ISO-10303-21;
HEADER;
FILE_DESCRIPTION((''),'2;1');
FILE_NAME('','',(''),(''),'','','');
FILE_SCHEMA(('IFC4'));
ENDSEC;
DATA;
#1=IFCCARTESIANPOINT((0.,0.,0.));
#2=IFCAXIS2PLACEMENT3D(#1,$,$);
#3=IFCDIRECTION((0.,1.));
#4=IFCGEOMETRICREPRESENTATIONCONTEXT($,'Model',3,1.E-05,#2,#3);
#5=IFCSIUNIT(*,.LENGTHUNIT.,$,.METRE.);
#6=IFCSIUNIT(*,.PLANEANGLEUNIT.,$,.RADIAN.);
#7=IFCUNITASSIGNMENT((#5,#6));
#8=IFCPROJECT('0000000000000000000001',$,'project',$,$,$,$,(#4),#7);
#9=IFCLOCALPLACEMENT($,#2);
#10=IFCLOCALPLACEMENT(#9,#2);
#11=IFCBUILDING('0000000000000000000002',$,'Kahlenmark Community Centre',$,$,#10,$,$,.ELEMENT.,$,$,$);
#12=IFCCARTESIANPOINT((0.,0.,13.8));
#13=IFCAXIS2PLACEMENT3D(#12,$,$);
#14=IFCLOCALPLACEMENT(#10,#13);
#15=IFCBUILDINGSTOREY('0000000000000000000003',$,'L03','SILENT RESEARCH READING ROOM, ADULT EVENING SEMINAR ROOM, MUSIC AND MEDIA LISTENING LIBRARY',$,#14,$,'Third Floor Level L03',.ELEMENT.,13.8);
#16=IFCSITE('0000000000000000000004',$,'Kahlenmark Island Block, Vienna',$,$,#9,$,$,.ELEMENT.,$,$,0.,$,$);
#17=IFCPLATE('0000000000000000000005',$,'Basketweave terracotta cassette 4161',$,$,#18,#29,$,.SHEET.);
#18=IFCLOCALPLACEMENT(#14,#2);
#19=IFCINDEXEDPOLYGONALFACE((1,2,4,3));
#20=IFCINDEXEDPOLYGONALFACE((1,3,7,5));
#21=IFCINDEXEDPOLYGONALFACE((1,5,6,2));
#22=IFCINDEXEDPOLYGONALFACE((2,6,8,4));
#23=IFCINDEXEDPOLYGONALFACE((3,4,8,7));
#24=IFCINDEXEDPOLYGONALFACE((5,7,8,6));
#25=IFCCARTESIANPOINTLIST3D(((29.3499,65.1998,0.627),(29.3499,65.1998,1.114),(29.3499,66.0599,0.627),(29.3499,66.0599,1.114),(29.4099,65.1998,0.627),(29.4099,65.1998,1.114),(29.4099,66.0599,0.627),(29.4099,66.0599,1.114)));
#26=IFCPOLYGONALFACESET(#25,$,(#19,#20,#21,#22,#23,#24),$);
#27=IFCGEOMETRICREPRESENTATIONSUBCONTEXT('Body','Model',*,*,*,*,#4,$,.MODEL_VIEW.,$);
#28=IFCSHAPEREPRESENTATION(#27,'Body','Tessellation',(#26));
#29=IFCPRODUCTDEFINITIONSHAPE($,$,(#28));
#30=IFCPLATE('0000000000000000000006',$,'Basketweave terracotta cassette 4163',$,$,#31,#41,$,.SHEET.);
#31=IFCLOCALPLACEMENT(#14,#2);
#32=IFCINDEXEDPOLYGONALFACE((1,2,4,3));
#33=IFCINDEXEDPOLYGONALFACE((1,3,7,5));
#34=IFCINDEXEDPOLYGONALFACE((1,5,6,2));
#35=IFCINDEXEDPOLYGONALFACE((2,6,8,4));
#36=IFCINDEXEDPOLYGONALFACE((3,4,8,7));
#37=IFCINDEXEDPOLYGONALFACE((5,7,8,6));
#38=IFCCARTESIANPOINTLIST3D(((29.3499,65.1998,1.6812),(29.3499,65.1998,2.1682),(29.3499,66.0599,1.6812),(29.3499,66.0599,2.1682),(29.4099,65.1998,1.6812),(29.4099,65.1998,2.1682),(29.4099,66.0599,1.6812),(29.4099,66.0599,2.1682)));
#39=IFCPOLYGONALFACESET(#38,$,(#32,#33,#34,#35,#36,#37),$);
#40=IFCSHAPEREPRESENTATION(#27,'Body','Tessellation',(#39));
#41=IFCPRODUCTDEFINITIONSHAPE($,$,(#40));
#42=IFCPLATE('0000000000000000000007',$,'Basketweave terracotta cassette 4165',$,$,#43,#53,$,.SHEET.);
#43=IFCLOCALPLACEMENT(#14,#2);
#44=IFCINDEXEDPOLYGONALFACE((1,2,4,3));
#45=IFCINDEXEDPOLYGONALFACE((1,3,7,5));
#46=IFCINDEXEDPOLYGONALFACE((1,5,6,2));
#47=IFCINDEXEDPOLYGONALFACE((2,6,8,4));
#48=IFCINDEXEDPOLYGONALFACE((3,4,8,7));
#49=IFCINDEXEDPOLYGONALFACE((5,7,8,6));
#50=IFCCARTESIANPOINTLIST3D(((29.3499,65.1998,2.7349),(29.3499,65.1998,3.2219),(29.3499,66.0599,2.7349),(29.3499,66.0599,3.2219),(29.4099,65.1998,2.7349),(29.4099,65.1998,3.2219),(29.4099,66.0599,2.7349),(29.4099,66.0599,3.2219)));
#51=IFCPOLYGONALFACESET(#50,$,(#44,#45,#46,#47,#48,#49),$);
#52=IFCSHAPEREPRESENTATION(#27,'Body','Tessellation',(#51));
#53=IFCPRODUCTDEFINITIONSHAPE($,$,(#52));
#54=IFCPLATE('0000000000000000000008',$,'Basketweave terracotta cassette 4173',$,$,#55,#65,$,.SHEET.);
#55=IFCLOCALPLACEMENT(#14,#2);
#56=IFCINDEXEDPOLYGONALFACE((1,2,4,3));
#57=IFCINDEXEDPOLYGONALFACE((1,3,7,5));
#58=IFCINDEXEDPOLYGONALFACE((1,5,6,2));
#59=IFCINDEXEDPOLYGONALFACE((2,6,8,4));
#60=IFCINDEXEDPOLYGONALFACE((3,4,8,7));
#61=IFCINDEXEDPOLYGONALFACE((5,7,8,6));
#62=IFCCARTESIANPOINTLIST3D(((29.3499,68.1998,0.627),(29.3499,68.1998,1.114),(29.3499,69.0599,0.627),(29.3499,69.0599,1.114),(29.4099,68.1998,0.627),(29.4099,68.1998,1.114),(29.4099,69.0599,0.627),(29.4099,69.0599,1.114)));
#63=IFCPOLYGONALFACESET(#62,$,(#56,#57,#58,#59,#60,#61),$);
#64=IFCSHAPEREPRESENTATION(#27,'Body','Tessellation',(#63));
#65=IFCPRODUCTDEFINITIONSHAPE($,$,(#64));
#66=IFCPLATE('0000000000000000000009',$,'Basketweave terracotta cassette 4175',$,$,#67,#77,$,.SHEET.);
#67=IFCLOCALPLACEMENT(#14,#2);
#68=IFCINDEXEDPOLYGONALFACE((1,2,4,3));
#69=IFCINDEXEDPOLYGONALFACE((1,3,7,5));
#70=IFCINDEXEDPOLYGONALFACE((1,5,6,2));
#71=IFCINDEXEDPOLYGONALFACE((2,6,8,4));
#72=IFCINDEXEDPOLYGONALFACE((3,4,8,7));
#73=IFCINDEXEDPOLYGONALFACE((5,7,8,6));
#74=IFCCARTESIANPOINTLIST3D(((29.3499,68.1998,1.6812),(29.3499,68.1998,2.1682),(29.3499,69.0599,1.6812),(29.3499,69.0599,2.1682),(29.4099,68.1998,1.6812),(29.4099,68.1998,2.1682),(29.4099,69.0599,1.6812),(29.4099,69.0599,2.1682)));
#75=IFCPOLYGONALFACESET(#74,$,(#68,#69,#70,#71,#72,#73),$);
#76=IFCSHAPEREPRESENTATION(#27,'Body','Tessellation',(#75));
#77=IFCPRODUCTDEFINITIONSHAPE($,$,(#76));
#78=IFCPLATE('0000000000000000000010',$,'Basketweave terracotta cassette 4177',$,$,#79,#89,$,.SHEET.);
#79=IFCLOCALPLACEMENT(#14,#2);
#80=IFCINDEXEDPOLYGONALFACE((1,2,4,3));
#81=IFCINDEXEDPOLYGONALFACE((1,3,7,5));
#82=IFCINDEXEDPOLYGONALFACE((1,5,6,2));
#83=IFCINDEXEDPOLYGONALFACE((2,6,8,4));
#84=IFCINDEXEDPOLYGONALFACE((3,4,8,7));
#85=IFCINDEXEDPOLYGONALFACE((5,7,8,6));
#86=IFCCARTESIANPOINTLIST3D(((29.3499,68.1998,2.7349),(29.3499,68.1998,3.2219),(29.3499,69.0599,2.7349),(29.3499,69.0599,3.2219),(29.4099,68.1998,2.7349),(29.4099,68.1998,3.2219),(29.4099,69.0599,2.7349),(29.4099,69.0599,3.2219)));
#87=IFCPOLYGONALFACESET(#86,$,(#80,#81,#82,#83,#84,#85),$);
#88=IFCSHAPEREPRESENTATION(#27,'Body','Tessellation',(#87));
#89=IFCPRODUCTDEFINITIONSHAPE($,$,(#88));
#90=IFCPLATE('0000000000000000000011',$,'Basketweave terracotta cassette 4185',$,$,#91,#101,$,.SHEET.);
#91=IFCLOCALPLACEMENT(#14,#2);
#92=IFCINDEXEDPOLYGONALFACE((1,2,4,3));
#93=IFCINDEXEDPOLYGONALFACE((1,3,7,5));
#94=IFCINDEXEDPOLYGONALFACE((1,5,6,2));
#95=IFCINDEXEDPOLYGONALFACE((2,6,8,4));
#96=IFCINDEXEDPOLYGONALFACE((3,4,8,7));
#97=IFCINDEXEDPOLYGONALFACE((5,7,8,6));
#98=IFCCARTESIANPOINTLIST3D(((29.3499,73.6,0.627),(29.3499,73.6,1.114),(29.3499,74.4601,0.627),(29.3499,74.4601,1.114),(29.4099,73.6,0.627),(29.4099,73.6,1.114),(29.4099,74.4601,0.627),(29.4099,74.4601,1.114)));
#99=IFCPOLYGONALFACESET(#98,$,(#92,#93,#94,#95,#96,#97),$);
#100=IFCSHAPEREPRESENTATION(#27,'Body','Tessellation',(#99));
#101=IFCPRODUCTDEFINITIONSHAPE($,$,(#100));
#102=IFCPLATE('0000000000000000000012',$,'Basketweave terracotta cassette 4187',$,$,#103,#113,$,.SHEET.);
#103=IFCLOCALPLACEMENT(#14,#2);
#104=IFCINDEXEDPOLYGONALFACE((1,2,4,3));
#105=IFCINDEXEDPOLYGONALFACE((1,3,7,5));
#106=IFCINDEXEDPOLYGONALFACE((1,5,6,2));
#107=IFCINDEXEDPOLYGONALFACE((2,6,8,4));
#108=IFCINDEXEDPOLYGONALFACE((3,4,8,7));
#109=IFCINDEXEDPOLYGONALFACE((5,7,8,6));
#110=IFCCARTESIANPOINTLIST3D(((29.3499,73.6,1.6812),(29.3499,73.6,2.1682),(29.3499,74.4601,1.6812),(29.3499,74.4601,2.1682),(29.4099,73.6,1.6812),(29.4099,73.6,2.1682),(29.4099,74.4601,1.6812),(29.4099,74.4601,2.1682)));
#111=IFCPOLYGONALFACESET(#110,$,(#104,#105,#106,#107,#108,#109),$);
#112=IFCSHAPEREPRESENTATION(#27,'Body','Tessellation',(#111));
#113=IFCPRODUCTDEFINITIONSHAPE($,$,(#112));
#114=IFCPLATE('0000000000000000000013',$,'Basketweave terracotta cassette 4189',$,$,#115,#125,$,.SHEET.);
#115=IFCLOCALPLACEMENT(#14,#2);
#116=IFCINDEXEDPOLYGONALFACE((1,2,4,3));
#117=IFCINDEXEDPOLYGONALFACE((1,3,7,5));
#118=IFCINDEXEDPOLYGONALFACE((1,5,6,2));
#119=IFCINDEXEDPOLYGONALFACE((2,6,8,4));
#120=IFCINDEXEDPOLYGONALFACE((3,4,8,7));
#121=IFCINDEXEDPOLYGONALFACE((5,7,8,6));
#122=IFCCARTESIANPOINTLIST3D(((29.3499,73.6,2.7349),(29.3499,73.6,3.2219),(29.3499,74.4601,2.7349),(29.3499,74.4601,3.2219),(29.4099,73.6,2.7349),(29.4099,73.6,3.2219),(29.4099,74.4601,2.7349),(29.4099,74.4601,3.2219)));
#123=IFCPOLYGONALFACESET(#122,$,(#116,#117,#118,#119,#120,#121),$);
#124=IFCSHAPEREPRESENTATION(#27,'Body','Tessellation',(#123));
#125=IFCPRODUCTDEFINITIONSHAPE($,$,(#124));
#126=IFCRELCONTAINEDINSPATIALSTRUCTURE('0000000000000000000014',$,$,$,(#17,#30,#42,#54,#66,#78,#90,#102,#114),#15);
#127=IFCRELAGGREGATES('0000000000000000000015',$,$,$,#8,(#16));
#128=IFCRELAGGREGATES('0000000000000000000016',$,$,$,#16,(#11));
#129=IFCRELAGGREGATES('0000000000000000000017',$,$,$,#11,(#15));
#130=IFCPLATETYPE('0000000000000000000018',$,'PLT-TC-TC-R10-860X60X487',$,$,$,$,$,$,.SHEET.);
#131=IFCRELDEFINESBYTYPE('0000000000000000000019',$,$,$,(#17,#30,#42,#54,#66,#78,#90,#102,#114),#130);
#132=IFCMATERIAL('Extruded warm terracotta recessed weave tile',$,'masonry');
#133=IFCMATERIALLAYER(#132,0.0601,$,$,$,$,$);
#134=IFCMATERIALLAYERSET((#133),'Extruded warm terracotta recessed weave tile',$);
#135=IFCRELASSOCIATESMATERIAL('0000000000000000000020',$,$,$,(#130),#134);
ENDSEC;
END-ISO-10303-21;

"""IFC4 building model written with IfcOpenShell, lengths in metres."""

from ifc_helpers import new_model, si_unit, direction, frame, origin, origin_2d, place, context, subcontext, project, spatial, rectangle, extrude, material, layer, layer_set, type_object, element, save


model = new_model("IFC4")

# Units and contexts
model_context = context("Model", 3, precision=1e-05, world=origin(), true_north=direction((0.0, 1.0)))
body_context = subcontext(model_context, "Body", "Model", "MODEL_VIEW")
ifc_project = project(units=[si_unit("LENGTHUNIT", "METRE"), si_unit("PLANEANGLEUNIT", "RADIAN")], contexts=[model_context])

# Site, building, storey
site_placement = place(None, origin())
site = spatial("IfcSite", under=ifc_project, at=site_placement, Name="Kahlenmark Island Block, Vienna", CompositionType="ELEMENT", RefElevation=0.0)
building_placement = place(site_placement, origin())
building = spatial("IfcBuilding", under=site, at=building_placement, Name="Kahlenmark Community Centre", CompositionType="ELEMENT")
storey_placement = place(building_placement, frame((0.0, 0.0, 13.8)))
storey = spatial("IfcBuildingStorey", under=building, at=storey_placement, Name="L03", Description="SILENT RESEARCH READING ROOM, ADULT EVENING SEMINAR ROOM, MUSIC AND MEDIA LISTENING LIBRARY", LongName="Third Floor Level L03", CompositionType="ELEMENT", Elevation=13.8)

# Plates
ifc_material_1 = material(Name="Extruded warm terracotta recessed weave tile", Category="masonry")
ifc_layer_1 = layer(ifc_material_1, 0.0601)
ifc_layer_set_1 = layer_set([ifc_layer_1], Name="Extruded warm terracotta recessed weave tile")
plate_type_1 = type_object("IfcPlateType", Name="PLT-TC-TC-R10-860X60X487", PredefinedType="SHEET", material=ifc_layer_set_1)
for number, where, z_axis, x_axis, name in (
    (1, (29.3799, 65.6299, 0.627), (0.0, 0.0, 1.0), (0.0, 1.0, 0.0), "Basketweave terracotta cassette 4161"),
    (2, (29.3799, 65.6299, 1.6812), (0.0, 0.0, 1.0), (0.0, 1.0, 0.0), "Basketweave terracotta cassette 4163"),
    (3, (29.3799, 65.6299, 2.7349), (0.0, 0.0, 1.0), (0.0, 1.0, 0.0), "Basketweave terracotta cassette 4165"),
    (4, (29.3799, 68.6299, 0.627), (0.0, 0.0, 1.0), (0.0, 1.0, 0.0), "Basketweave terracotta cassette 4173"),
    (5, (29.3799, 68.6299, 1.6812), (0.0, 0.0, 1.0), (0.0, 1.0, 0.0), "Basketweave terracotta cassette 4175"),
    (6, (29.3799, 68.6299, 2.7349), (0.0, 0.0, 1.0), (0.0, 1.0, 0.0), "Basketweave terracotta cassette 4177"),
    (7, (29.3799, 74.03, 0.627), (0.0, 0.0, 1.0), (0.0, 1.0, 0.0), "Basketweave terracotta cassette 4185"),
    (8, (29.3799, 74.03, 1.6812), (0.0, 0.0, 1.0), (0.0, 1.0, 0.0), "Basketweave terracotta cassette 4187"),
    (9, (29.3799, 74.03, 2.7349), (0.0, 0.0, 1.0), (0.0, 1.0, 0.0), "Basketweave terracotta cassette 4189"),
):
    element("IfcPlate", number, at=place(storey_placement, frame(where, z_axis=z_axis, x_axis=x_axis)), inside=storey, type_object=plate_type_1, Name=name, PredefinedType="SHEET", context=body_context, shape_type="SweptSolid", body=[
        extrude(rectangle(XDim=0.8601, YDim=0.0601, at=origin_2d()), origin(), (0.0, 0.0, 1.0), 0.4871),
    ])

save(model, "model.ifc")
